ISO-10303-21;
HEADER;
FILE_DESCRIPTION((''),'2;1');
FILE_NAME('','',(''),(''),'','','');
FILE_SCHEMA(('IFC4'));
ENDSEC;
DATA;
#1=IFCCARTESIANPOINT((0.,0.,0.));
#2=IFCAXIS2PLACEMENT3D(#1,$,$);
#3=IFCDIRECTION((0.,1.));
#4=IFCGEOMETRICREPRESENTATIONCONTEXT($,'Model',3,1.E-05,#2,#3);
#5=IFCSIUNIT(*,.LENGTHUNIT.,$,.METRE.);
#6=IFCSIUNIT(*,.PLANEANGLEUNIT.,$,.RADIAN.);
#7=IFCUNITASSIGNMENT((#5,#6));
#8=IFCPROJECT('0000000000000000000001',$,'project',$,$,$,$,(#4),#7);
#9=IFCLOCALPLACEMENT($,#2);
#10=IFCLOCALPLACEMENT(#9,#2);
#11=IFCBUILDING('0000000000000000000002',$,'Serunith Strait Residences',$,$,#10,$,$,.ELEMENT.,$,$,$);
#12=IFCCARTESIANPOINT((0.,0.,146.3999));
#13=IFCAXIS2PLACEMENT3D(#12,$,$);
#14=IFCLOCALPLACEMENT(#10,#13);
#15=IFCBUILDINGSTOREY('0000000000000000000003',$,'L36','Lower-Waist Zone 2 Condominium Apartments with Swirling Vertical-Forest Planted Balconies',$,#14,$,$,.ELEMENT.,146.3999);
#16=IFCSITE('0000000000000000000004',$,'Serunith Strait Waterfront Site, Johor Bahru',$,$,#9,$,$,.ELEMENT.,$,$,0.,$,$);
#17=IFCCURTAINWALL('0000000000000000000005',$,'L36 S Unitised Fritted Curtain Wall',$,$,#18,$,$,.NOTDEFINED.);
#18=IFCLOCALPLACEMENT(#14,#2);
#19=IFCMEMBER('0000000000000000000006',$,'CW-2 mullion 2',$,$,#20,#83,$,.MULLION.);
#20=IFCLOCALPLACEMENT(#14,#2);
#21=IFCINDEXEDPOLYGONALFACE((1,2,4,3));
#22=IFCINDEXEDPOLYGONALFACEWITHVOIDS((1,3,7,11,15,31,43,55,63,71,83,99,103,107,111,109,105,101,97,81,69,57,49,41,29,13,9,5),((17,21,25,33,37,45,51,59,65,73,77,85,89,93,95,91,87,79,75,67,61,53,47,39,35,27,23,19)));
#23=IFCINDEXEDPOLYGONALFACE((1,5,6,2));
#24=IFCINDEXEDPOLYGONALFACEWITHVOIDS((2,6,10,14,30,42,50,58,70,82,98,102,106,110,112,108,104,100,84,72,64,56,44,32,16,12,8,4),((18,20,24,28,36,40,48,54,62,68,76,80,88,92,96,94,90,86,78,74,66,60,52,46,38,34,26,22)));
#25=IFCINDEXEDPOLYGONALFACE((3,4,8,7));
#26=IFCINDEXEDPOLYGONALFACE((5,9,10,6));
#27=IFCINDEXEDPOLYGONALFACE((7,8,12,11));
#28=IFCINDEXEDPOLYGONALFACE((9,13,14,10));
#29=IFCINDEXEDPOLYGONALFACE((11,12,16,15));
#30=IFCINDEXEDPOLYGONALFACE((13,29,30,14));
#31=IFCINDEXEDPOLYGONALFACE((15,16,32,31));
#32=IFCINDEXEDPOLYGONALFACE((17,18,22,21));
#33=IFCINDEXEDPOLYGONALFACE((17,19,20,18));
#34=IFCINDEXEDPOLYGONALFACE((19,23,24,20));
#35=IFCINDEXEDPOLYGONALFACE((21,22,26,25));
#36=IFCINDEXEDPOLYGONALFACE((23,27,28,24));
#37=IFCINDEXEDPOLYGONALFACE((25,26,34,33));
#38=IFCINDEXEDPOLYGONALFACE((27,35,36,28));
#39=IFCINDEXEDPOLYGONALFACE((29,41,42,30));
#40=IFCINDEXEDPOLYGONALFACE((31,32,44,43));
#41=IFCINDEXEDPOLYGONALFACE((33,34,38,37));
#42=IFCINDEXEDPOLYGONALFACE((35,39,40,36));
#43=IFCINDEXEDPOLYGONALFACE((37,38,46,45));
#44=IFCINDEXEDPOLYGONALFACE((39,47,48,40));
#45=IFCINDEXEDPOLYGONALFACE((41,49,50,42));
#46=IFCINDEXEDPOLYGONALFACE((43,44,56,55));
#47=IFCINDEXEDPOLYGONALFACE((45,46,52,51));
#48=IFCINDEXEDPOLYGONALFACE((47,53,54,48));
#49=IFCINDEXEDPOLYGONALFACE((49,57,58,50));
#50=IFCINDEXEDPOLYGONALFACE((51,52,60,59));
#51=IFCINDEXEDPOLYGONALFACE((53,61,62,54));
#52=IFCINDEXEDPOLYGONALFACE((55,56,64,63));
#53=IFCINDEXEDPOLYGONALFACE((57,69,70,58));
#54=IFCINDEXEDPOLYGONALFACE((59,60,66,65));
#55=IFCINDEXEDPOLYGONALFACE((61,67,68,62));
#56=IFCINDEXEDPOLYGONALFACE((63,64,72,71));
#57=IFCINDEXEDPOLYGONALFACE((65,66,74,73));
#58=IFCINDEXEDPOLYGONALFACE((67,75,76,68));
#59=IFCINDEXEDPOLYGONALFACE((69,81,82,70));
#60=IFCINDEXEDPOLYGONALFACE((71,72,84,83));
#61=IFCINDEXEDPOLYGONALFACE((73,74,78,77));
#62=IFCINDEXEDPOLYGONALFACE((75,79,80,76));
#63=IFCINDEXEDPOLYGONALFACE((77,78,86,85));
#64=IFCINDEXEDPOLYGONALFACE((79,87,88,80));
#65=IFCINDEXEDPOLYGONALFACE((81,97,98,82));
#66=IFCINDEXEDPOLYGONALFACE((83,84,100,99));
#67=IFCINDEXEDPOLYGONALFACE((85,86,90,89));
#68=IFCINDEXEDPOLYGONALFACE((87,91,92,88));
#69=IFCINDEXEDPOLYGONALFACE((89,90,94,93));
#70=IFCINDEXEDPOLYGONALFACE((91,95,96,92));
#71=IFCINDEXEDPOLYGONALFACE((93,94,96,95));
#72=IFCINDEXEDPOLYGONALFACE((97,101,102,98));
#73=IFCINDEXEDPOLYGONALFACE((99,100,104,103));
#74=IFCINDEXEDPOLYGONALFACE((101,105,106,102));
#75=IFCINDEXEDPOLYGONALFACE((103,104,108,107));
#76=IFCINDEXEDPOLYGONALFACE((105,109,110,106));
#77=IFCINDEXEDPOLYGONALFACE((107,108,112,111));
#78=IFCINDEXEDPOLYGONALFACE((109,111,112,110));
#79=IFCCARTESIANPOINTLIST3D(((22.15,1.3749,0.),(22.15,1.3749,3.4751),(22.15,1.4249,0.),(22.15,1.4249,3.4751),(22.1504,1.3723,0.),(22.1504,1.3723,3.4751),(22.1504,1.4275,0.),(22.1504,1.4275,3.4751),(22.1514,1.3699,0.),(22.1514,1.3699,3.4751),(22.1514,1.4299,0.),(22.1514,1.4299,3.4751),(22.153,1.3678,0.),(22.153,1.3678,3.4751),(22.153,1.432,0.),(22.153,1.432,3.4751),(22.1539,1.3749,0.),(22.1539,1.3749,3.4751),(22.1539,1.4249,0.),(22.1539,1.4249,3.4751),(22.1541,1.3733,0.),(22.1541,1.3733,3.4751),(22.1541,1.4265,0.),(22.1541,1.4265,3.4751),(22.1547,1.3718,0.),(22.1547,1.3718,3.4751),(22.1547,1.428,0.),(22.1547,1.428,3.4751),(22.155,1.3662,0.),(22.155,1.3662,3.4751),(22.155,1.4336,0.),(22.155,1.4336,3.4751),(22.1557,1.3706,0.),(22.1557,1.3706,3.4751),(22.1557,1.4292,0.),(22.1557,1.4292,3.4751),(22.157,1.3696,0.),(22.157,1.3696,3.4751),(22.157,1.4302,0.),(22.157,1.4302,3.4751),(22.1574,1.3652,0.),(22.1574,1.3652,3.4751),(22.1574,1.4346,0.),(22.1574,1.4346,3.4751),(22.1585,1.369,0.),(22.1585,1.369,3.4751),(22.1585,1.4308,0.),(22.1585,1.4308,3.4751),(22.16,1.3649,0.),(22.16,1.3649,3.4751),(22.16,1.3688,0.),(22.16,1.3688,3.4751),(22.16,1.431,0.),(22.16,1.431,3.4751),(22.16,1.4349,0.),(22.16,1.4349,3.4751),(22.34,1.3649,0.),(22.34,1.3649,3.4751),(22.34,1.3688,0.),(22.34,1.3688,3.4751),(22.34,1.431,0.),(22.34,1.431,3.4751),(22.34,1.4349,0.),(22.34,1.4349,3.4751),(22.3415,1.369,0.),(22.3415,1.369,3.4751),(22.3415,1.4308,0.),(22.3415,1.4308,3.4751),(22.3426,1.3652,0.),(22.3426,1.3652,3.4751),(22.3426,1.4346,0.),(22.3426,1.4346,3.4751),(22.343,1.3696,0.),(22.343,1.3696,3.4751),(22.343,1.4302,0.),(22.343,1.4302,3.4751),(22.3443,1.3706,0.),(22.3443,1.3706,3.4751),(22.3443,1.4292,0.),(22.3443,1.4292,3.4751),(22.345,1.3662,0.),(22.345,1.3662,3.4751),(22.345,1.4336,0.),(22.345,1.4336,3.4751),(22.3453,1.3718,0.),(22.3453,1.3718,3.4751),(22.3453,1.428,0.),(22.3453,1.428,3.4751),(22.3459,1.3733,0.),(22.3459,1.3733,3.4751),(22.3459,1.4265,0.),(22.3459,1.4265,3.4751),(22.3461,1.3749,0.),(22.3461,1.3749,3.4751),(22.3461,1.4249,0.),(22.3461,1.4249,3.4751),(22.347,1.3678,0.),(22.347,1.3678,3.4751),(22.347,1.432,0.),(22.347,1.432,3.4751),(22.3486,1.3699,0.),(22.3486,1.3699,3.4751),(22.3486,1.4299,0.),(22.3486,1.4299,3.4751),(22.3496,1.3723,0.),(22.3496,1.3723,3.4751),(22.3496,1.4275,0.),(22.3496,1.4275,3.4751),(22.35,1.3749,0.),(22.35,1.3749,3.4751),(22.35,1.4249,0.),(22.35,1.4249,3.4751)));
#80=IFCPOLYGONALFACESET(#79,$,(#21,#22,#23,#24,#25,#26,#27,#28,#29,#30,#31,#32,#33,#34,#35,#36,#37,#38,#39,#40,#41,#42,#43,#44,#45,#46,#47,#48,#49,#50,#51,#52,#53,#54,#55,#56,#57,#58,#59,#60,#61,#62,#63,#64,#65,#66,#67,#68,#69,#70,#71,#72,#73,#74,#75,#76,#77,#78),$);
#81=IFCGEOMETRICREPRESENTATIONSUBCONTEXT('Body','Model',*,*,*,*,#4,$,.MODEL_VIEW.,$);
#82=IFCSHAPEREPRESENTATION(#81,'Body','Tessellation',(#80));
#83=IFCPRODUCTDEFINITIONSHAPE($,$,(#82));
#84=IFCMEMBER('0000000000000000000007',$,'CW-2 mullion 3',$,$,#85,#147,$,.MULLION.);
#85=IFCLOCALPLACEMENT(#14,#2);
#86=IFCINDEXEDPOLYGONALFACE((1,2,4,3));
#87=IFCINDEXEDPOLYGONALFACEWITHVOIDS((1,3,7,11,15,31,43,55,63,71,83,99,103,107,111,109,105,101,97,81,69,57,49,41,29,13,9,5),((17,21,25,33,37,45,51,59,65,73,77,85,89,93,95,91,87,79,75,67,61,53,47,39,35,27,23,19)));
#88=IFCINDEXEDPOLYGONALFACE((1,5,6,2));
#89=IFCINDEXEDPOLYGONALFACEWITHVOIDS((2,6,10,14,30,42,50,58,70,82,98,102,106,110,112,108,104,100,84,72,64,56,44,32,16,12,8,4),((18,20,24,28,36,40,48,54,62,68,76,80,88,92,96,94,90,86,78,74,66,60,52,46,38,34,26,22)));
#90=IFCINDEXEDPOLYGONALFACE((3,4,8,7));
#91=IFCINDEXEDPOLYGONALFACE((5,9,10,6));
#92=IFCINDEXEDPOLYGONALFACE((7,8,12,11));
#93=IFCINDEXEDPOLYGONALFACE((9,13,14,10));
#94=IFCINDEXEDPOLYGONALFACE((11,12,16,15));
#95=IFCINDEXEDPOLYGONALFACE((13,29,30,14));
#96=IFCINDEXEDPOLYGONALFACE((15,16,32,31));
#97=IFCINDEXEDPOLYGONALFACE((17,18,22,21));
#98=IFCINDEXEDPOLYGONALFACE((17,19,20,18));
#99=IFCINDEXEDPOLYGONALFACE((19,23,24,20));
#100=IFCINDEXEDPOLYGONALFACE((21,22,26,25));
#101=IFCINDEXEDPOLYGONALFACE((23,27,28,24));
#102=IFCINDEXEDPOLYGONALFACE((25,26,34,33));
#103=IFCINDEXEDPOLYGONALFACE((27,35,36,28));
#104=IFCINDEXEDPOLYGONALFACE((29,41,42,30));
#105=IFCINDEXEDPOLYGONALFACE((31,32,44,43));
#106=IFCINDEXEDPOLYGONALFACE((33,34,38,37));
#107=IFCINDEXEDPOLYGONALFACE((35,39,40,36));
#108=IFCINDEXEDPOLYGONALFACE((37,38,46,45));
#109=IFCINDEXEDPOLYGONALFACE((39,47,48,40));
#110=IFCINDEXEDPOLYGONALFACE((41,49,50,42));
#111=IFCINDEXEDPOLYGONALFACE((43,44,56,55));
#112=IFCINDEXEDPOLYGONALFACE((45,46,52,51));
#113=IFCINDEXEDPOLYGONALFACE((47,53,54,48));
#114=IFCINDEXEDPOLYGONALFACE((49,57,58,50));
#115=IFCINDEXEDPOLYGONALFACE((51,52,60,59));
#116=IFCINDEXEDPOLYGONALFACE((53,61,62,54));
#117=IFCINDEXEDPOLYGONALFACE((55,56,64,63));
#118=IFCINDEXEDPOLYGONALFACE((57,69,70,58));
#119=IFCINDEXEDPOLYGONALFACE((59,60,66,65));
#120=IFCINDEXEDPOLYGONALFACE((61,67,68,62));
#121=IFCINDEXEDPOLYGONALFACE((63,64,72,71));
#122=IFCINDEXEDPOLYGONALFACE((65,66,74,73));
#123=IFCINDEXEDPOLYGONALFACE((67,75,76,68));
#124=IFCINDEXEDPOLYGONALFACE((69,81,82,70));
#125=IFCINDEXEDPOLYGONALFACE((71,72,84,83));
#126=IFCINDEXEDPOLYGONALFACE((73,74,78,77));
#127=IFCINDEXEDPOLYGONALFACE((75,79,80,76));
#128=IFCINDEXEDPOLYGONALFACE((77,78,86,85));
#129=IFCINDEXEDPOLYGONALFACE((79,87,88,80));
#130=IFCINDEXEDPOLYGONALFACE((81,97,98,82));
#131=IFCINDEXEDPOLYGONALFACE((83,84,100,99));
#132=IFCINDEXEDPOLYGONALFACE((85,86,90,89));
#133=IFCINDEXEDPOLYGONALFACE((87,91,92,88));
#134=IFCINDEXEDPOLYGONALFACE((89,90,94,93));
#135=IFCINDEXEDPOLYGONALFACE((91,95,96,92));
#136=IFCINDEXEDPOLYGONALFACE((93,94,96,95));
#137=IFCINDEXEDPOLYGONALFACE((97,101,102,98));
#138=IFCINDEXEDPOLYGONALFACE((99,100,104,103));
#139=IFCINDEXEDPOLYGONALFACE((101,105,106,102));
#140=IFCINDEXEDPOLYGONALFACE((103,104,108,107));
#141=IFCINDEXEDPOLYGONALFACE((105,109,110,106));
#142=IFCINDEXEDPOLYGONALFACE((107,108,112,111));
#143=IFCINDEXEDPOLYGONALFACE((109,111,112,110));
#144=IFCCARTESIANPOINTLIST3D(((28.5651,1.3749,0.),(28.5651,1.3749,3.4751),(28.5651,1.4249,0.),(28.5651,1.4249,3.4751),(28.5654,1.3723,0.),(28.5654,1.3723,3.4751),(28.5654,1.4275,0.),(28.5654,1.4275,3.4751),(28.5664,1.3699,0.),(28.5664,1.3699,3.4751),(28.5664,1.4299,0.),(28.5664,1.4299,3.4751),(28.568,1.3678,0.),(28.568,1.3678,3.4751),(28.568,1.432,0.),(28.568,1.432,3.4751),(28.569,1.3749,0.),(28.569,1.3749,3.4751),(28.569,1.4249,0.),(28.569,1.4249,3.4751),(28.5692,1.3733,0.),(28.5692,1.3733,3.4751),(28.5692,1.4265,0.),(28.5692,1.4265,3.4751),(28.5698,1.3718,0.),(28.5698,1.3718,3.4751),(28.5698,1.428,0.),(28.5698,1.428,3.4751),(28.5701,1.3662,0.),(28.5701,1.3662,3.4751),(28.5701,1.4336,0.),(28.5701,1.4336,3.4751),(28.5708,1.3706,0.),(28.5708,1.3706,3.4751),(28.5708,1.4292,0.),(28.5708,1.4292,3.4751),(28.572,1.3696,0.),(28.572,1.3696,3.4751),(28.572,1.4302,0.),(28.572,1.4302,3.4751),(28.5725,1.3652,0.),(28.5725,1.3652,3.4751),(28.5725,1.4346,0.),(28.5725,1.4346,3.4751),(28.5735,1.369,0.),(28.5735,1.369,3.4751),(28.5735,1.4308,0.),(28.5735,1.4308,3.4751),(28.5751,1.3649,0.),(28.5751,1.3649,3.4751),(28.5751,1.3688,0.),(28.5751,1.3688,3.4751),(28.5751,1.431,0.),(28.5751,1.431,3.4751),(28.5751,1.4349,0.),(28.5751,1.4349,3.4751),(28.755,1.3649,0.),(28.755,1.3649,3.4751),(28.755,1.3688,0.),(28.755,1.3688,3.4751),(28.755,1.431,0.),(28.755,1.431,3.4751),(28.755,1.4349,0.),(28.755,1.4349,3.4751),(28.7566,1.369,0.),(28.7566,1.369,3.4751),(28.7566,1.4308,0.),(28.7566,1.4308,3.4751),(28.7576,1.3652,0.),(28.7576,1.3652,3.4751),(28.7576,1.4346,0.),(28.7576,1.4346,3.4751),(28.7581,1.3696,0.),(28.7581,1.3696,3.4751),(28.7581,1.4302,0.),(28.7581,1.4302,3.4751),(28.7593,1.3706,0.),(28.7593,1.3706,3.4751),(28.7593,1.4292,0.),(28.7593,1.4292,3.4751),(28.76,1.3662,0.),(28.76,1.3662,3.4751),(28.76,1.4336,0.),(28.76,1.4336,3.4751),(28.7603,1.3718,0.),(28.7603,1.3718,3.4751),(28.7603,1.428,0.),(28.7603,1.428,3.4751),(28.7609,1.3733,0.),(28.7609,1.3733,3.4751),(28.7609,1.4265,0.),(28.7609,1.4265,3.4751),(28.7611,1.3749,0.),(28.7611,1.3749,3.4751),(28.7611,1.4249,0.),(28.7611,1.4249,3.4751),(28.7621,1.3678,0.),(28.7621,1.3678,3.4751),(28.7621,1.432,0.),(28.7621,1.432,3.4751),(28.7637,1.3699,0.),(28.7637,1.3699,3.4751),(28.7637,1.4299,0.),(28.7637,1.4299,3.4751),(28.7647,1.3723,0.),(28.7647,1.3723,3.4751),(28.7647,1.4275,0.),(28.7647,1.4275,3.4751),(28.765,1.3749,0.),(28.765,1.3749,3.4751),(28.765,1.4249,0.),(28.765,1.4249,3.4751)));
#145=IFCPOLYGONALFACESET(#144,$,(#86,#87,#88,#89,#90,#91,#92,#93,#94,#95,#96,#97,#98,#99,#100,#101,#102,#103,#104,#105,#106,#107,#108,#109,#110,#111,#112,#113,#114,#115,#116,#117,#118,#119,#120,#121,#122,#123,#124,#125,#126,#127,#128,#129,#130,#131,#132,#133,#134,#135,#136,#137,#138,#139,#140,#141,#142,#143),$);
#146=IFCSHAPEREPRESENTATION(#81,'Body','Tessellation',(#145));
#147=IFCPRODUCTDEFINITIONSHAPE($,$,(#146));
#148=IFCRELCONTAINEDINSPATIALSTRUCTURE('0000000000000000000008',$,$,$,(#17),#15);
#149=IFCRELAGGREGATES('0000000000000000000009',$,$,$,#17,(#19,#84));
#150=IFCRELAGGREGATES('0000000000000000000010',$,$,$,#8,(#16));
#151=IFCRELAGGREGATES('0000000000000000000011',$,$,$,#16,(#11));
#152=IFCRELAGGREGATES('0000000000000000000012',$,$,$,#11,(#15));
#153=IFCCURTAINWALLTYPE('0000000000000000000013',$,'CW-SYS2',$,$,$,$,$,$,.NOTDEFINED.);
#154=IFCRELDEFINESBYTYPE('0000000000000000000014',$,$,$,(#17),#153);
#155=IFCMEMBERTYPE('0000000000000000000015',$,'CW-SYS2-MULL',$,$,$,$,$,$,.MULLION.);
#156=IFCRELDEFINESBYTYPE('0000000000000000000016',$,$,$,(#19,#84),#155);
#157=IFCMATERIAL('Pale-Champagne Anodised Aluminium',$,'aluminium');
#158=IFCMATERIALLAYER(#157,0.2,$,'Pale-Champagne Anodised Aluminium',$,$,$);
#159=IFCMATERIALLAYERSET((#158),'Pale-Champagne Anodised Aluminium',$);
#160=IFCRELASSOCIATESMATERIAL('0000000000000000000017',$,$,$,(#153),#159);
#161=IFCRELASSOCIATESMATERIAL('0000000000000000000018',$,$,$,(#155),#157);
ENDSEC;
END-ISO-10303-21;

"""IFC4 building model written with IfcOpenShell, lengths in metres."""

from ifc_helpers import new_model, si_unit, direction, frame, origin, origin_2d, place, context, subcontext, project, spatial, hollow_rectangle, extrude, source, transform, mapped, material, layer, layer_set, material_profile, profile_set, type_object, element, aggregate, save


model = new_model("IFC4")

# Units and contexts
model_context = context("Model", 3, precision=1e-05, world=origin(), true_north=direction((0.0, 1.0)))
body_context = subcontext(model_context, "Body", "Model", "MODEL_VIEW")
ifc_project = project(units=[si_unit("LENGTHUNIT", "METRE"), si_unit("PLANEANGLEUNIT", "RADIAN")], contexts=[model_context])

# Site, building, storey
site_placement = place(None, origin())
site = spatial("IfcSite", under=ifc_project, at=site_placement, Name="Serunith Strait Waterfront Site, Johor Bahru", CompositionType="ELEMENT", RefElevation=0.0)
building_placement = place(site_placement, origin())
building = spatial("IfcBuilding", under=site, at=building_placement, Name="Serunith Strait Residences", CompositionType="ELEMENT")
storey_placement = place(building_placement, frame((0.0, 0.0, 146.3999)))
storey = spatial("IfcBuildingStorey", under=building, at=storey_placement, Name="L36", Description="Lower-Waist Zone 2 Condominium Apartments with Swirling Vertical-Forest Planted Balconies", CompositionType="ELEMENT", Elevation=146.3999)

# Curtain wall, members
ifc_material_1 = material(Name="Pale-Champagne Anodised Aluminium", Category="aluminium")
ifc_layer_1 = layer(ifc_material_1, 0.2, Name="Pale-Champagne Anodised Aluminium")
ifc_layer_set_1 = layer_set([ifc_layer_1], Name="Pale-Champagne Anodised Aluminium")
curtain_wall_type = type_object("IfcCurtainWallType", Name="CW-SYS2", PredefinedType="NOTDEFINED", material=ifc_layer_set_1)
curtain_wall_placement = place(storey_placement, origin())
curtain_wall = element("IfcCurtainWall", 1, at=curtain_wall_placement, inside=storey, type_object=curtain_wall_type, Name="L36 S Unitised Fritted Curtain Wall", PredefinedType="NOTDEFINED")
ifc_material_profile_1 = material_profile(ifc_material_1, hollow_rectangle(XDim=0.0701, YDim=0.2, WallThickness=0.0039, InnerFilletRadius=0.0061, OuterFilletRadius=0.01, at=origin_2d()), Name="ALU 200x70x4")
ifc_profile_set_1 = profile_set([ifc_material_profile_1], Name="Pale-Champagne Anodised Aluminium")
member_type_1 = type_object("IfcMemberType", Name="CW-SYS2-MULL", PredefinedType="MULLION", material=ifc_profile_set_1)
shared_shape_1 = source(origin(), body_context, "Body", "SweptSolid", [
    extrude(hollow_rectangle(XDim=0.0701, YDim=0.2, WallThickness=0.0039, InnerFilletRadius=0.0061, OuterFilletRadius=0.01, at=origin_2d()), origin(), (0.0, 0.0, 1.0), 3.4751),
])
member_1_placement = place(storey_placement, frame((22.25, 1.3999, 0.0), z_axis=(0.0, 0.0, 1.0), x_axis=(0.0, 1.0, 0.0)))
member_1 = element("IfcMember", 2, at=member_1_placement, type_object=member_type_1, Name="CW-2 mullion 2", PredefinedType="MULLION", context=body_context, shape_type="MappedRepresentation", body=[
    mapped(shared_shape_1, transform((0.0, 0.0, 0.0), scale=1.0)),
])
member_2_placement = place(storey_placement, frame((28.665, 1.3999, 0.0), z_axis=(0.0, 0.0, 1.0), x_axis=(0.0, 1.0, 0.0)))
member_2 = element("IfcMember", 3, at=member_2_placement, type_object=member_type_1, Name="CW-2 mullion 3", PredefinedType="MULLION", context=body_context, shape_type="MappedRepresentation", body=[
    mapped(shared_shape_1, transform((0.0, 0.0, 0.0), scale=1.0)),
])
aggregate(curtain_wall, [member_1, member_2])

save(model, "model.ifc")
